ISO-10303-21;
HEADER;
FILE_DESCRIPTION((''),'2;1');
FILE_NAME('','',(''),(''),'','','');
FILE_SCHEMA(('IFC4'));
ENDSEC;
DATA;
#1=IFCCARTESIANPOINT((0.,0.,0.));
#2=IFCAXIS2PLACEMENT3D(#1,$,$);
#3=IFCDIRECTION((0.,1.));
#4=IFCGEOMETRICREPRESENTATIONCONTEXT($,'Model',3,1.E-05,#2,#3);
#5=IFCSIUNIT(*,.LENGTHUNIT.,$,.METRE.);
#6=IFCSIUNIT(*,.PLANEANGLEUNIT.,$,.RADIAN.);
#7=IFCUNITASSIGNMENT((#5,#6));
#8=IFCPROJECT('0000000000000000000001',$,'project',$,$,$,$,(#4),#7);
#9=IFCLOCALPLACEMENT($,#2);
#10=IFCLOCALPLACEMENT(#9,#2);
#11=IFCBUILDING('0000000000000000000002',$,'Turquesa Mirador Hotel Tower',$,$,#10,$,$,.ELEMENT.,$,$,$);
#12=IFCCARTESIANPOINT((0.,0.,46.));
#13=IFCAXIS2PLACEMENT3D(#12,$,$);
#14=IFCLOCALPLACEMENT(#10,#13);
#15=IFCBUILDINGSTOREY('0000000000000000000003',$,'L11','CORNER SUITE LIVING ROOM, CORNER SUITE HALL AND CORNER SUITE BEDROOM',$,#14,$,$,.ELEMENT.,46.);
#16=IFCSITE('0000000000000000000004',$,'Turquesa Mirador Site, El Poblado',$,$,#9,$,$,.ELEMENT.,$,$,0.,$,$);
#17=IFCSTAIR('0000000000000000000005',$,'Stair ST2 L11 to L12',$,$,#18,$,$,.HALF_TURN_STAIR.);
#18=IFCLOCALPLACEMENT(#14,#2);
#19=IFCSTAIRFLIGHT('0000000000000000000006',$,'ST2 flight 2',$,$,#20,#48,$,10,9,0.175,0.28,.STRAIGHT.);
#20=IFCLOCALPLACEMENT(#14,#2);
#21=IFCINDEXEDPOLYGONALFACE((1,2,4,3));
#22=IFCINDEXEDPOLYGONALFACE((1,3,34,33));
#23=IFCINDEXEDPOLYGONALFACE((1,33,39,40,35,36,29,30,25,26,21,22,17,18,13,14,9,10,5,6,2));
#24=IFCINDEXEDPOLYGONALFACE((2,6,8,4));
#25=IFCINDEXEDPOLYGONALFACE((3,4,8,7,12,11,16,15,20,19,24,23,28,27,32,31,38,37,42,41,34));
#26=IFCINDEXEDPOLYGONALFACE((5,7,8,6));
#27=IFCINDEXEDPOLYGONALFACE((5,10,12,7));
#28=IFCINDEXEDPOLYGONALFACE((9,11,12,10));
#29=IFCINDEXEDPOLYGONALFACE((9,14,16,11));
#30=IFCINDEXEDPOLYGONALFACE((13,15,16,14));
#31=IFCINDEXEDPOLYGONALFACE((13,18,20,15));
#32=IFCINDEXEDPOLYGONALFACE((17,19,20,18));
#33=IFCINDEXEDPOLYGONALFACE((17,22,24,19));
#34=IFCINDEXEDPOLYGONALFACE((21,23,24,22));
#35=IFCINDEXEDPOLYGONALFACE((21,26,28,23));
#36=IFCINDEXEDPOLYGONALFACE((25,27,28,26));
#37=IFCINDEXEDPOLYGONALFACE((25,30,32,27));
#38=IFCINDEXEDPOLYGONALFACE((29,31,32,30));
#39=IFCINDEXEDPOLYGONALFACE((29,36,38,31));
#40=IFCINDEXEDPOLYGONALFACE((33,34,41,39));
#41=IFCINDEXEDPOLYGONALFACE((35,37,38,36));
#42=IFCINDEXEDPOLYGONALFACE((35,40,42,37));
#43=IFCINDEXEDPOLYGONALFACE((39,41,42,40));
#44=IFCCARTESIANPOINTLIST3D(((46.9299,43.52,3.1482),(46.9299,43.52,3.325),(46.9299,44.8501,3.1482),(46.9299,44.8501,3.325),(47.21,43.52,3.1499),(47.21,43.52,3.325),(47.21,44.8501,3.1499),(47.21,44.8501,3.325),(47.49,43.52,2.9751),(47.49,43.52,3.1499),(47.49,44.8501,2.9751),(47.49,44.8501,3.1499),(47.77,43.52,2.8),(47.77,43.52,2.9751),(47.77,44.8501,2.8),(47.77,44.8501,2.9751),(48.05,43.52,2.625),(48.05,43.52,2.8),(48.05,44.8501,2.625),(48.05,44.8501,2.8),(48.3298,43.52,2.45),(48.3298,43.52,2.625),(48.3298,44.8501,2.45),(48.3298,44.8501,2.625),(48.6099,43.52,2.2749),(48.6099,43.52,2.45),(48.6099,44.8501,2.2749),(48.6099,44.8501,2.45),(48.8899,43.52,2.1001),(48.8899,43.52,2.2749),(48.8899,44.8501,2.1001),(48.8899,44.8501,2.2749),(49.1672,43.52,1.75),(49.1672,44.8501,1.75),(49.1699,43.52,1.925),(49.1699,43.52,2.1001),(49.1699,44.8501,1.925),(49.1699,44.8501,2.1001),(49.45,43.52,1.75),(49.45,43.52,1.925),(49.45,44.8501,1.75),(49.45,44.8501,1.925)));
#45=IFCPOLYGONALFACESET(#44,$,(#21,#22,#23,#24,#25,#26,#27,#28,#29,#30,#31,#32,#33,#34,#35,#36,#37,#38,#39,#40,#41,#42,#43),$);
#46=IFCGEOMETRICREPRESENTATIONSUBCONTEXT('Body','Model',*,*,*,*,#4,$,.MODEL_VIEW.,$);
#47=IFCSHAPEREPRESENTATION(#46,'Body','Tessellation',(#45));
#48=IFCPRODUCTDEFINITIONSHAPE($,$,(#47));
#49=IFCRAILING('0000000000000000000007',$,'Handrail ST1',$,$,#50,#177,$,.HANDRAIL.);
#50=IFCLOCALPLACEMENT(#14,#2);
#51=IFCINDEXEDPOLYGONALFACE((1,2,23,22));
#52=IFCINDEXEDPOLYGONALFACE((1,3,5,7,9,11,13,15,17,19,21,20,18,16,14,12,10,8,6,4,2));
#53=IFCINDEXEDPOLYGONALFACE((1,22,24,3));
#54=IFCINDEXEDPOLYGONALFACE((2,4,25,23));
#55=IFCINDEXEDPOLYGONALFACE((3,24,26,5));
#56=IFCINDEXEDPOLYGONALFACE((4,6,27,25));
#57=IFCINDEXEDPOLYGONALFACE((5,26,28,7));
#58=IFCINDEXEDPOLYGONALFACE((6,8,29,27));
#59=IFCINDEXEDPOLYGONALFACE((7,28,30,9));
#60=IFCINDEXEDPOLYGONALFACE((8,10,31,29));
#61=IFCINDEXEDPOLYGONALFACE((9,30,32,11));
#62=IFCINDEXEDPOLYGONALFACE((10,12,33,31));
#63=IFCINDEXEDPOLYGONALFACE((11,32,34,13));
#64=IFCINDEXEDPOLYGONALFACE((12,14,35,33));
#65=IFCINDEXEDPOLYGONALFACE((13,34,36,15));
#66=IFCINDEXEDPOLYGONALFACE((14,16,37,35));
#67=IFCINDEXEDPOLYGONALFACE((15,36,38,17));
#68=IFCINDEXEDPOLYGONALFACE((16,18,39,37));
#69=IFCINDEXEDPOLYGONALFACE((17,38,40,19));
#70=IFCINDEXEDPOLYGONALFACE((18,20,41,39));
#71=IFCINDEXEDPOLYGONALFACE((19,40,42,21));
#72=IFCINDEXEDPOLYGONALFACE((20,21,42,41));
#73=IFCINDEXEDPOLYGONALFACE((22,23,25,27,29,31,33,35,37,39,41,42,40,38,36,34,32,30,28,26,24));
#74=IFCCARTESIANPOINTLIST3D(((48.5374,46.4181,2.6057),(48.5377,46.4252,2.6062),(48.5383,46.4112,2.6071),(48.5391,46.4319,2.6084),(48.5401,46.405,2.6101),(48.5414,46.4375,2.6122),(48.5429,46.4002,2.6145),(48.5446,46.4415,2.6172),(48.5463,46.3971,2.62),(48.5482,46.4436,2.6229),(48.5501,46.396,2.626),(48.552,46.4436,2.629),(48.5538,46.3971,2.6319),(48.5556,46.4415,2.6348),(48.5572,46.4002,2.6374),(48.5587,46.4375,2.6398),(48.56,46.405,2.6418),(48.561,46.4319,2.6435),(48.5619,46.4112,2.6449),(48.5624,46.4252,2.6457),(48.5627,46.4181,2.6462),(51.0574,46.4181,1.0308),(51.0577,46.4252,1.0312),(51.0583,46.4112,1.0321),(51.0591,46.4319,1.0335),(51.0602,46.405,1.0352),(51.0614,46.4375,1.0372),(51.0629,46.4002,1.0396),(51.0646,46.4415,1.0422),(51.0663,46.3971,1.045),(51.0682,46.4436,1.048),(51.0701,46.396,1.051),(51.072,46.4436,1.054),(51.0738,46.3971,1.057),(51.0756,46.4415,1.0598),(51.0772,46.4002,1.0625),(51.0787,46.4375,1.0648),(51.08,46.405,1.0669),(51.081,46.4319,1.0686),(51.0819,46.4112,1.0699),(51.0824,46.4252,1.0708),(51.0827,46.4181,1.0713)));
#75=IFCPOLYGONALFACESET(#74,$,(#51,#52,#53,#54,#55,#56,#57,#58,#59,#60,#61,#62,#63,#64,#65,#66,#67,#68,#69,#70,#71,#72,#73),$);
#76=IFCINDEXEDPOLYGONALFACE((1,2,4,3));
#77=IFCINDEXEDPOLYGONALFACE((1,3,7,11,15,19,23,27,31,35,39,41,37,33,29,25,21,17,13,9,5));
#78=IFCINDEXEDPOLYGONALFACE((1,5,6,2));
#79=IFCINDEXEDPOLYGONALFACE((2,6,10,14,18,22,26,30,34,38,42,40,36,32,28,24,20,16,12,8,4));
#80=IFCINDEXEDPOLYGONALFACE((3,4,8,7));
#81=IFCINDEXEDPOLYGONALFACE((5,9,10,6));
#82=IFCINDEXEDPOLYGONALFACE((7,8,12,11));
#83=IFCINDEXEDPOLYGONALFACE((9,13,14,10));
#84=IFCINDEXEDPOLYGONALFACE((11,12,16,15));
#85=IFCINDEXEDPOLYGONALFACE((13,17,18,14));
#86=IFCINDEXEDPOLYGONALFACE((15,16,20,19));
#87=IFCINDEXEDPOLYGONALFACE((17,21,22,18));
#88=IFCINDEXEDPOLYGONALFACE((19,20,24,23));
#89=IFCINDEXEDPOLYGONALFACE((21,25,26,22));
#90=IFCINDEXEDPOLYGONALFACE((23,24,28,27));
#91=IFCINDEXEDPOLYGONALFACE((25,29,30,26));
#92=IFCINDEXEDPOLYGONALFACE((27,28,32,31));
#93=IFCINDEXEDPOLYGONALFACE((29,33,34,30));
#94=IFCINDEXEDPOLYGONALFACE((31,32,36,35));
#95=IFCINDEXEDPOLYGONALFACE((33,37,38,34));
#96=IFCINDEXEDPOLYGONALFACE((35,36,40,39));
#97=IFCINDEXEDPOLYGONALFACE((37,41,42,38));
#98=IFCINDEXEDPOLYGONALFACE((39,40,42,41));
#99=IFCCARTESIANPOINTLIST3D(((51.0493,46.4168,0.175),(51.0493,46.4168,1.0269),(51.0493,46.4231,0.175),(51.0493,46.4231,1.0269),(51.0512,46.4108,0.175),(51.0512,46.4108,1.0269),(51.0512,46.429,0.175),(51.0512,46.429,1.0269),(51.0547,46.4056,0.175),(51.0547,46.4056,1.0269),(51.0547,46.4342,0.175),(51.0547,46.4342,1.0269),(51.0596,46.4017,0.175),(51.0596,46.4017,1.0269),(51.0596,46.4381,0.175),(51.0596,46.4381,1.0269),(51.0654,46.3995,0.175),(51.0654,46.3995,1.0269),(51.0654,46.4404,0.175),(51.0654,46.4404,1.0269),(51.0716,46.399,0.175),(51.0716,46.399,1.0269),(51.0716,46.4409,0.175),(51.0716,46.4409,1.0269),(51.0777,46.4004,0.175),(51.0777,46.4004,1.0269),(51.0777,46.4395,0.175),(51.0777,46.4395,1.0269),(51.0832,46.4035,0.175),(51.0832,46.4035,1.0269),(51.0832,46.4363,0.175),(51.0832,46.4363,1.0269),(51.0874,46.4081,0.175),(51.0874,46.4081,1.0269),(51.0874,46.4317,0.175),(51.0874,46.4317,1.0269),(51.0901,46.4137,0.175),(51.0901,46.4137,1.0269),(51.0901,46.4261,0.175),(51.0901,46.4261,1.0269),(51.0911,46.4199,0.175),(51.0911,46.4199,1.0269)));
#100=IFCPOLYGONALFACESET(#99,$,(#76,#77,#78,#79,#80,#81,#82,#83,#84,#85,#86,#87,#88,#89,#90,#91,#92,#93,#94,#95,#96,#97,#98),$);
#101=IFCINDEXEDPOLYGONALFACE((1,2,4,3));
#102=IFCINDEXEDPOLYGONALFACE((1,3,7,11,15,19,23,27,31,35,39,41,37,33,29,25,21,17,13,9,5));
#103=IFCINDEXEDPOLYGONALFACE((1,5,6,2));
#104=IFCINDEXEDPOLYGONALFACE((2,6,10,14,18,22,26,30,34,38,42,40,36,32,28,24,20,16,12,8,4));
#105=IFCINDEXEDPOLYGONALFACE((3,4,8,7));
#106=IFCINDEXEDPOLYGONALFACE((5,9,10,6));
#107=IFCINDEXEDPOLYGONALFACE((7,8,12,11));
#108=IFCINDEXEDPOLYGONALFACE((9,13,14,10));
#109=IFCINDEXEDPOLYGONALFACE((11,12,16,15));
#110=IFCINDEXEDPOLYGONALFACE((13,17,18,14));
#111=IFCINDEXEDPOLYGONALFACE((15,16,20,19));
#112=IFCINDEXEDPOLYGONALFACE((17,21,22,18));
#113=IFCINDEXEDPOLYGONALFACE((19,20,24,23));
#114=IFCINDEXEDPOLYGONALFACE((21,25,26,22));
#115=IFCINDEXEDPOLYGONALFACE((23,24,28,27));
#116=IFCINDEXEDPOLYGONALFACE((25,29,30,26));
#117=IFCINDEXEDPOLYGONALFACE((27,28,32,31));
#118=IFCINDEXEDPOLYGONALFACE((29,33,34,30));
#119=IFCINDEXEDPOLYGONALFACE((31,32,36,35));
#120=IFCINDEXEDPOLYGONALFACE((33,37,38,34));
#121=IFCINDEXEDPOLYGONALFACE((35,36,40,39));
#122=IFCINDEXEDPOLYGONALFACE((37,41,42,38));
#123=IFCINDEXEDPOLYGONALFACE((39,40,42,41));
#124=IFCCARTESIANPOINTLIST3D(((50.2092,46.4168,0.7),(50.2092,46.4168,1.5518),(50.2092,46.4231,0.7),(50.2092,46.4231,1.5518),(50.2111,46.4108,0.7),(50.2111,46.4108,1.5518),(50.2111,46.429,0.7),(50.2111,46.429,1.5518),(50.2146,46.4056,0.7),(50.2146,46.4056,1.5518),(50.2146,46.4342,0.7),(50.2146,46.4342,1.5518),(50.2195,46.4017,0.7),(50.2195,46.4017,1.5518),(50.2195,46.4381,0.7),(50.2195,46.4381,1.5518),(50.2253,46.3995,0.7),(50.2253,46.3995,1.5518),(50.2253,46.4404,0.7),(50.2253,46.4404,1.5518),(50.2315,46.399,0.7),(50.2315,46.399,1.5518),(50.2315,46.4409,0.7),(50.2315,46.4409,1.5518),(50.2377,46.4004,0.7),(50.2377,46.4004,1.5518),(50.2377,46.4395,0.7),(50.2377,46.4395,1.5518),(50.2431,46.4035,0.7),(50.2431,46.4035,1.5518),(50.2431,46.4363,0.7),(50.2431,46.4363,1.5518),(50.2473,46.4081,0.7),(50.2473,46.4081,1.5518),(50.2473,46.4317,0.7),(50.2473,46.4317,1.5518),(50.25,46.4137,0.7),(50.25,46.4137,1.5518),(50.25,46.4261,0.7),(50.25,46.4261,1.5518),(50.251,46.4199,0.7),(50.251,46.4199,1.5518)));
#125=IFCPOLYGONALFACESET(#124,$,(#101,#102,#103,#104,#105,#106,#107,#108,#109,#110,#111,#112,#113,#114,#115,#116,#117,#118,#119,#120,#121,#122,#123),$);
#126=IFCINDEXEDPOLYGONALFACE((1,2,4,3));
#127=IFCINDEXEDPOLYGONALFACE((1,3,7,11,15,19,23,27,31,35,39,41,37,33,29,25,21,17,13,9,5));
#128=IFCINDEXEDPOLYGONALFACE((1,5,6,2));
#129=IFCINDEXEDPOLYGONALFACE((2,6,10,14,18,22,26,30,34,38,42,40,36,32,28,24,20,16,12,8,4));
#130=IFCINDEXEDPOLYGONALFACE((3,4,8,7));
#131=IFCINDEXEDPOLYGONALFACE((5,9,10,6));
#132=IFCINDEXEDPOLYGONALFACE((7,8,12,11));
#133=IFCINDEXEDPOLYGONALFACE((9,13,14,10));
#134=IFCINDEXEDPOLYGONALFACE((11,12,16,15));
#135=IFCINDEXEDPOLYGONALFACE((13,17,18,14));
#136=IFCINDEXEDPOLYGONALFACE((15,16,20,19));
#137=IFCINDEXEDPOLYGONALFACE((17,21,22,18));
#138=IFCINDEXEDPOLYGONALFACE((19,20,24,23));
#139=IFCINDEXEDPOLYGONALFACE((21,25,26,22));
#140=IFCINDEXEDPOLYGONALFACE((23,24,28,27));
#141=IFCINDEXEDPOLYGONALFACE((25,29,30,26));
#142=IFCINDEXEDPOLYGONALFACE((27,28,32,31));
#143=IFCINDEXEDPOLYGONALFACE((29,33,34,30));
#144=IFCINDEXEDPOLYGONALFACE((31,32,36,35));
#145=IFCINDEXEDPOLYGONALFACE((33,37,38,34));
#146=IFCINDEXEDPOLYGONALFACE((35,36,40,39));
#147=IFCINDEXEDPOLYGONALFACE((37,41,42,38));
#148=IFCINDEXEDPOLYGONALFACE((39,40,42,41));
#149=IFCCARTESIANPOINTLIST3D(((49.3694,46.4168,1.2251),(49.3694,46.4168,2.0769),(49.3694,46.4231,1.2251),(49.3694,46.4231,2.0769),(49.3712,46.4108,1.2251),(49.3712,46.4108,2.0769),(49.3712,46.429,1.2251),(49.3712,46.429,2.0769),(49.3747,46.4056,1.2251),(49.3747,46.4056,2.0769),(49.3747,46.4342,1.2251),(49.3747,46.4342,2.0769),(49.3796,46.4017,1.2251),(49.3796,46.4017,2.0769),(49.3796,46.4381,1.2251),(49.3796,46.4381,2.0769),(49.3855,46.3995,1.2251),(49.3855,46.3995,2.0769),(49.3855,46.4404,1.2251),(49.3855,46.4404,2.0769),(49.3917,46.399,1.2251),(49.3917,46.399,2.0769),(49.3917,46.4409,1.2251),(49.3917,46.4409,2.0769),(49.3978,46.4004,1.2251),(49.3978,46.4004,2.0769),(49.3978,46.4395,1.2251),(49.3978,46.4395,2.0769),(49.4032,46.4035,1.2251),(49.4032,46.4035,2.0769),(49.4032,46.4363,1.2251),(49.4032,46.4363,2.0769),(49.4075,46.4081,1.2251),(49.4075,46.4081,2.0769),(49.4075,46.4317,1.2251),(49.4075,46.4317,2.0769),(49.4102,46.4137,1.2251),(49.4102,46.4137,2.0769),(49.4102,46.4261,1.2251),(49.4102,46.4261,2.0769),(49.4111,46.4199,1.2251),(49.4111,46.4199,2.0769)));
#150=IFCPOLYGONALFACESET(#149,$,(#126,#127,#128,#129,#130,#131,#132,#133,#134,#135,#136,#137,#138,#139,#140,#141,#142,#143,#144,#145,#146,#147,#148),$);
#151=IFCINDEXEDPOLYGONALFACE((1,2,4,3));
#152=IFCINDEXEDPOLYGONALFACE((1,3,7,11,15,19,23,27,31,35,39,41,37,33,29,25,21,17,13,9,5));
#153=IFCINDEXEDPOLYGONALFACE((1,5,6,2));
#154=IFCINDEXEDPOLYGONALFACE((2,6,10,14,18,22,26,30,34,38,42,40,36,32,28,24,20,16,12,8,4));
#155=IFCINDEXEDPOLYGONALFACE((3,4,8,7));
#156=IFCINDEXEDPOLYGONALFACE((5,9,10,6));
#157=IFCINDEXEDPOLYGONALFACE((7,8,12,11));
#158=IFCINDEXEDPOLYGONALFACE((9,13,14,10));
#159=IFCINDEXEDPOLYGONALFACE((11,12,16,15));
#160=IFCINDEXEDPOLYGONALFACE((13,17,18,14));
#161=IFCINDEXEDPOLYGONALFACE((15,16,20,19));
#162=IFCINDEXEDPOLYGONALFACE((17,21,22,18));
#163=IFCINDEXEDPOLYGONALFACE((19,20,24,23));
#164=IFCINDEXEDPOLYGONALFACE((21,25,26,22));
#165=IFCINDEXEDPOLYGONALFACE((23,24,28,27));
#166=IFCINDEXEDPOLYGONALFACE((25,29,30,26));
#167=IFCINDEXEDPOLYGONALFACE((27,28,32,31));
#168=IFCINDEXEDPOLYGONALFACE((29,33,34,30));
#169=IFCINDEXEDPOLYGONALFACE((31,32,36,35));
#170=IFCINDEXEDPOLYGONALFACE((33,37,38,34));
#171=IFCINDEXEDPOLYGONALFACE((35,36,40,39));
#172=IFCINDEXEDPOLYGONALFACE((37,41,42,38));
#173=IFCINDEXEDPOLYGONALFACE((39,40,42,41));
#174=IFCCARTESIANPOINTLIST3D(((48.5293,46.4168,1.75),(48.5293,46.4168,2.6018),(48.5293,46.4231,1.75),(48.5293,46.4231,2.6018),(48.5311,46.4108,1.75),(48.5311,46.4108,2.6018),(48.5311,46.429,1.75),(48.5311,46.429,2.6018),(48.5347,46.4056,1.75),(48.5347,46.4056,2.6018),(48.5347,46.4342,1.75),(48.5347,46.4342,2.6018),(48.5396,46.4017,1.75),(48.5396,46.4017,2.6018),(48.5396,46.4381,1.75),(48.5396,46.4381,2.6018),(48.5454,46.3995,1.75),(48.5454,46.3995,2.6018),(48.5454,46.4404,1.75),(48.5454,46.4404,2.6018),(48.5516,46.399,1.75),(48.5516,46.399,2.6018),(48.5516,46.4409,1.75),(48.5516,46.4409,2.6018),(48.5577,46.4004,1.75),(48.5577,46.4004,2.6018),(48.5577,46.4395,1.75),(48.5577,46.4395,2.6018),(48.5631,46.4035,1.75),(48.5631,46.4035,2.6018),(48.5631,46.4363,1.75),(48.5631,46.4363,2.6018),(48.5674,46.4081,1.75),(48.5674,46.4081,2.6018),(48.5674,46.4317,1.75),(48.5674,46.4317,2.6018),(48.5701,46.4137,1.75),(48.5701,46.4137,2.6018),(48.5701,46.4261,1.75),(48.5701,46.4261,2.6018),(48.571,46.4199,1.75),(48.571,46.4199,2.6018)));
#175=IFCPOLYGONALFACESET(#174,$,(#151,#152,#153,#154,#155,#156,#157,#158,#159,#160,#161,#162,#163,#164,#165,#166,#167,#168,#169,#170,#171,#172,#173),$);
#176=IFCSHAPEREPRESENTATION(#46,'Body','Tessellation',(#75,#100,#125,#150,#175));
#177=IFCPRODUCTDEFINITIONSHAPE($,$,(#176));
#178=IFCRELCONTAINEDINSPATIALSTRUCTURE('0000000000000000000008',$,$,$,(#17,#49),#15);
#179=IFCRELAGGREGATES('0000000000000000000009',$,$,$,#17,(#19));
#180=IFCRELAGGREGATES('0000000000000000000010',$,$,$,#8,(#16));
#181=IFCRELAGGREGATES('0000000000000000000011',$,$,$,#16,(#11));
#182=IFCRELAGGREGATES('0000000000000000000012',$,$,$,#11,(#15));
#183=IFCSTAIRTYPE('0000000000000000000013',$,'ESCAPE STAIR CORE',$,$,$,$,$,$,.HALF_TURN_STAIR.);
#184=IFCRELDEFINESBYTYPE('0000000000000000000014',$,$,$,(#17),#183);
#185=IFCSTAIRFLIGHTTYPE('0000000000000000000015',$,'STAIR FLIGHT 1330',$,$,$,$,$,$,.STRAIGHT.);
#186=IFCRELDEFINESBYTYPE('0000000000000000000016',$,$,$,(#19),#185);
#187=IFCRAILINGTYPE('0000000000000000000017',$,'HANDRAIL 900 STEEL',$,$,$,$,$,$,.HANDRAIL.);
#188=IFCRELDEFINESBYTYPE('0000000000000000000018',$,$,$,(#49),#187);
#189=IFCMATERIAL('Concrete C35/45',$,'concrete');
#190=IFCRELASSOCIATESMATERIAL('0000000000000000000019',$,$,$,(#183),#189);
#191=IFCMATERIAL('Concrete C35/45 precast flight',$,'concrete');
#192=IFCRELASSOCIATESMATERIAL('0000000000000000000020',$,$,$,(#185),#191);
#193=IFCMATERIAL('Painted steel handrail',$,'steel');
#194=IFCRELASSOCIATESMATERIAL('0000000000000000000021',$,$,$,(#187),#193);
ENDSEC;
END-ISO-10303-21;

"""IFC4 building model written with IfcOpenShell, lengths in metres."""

from ifc_helpers import new_model, si_unit, direction, frame, origin, origin_2d, place, context, subcontext, project, spatial, polyline, circle, outline, extrude, material, type_object, element, aggregate, save


model = new_model("IFC4")

# Units and contexts
model_context = context("Model", 3, precision=1e-05, world=origin(), true_north=direction((0.0, 1.0)))
body_context = subcontext(model_context, "Body", "Model", "MODEL_VIEW")
ifc_project = project(units=[si_unit("LENGTHUNIT", "METRE"), si_unit("PLANEANGLEUNIT", "RADIAN")], contexts=[model_context])

# Site, building, storey
site_placement = place(None, origin())
site = spatial("IfcSite", under=ifc_project, at=site_placement, Name="Turquesa Mirador Site, El Poblado", CompositionType="ELEMENT", RefElevation=0.0)
building_placement = place(site_placement, origin())
building = spatial("IfcBuilding", under=site, at=building_placement, Name="Turquesa Mirador Hotel Tower", CompositionType="ELEMENT")
storey_placement = place(building_placement, frame((0.0, 0.0, 46.0)))
storey = spatial("IfcBuildingStorey", under=building, at=storey_placement, Name="L11", Description="CORNER SUITE LIVING ROOM, CORNER SUITE HALL AND CORNER SUITE BEDROOM", CompositionType="ELEMENT", Elevation=46.0)

# Shared definitions
ifc_material_1 = material(Name="Concrete C35/45", Category="concrete")
stair_type = type_object("IfcStairType", Name="ESCAPE STAIR CORE", PredefinedType="HALF_TURN_STAIR", material=ifc_material_1)
ifc_material_2 = material(Name="Concrete C35/45 precast flight", Category="concrete")
stair_flight_type = type_object("IfcStairFlightType", Name="STAIR FLIGHT 1330", PredefinedType="STRAIGHT", material=ifc_material_2)

# Stair, stair flight
stair_1_placement = place(storey_placement, origin())
stair_1 = element("IfcStair", 1, at=stair_1_placement, inside=storey, type_object=stair_type, Name="Stair ST2 L11 to L12", PredefinedType="HALF_TURN_STAIR")
stair_flight_1_placement = place(storey_placement, frame((49.45, 44.1851, 1.75), z_axis=(0.0, 0.0, 1.0), x_axis=(-1.0, 0.0, 0.0)))
stair_flight_1 = element("IfcStairFlight", 2, at=stair_flight_1_placement, type_object=stair_flight_type, Name="ST2 flight 2", NumberOfRisers=10, NumberOfTreads=9, PredefinedType="STRAIGHT", RiserHeight=0.175, TreadLength=0.28, context=body_context, shape_type="SweptSolid", body=[
    extrude(outline(polyline([(0.0, 0.0), (0.0, 0.175), (0.28, 0.175), (0.28, 0.3501), (0.5601, 0.3501), (0.5601, 0.5249), (0.8401, 0.5249), (0.8401, 0.7), (1.1201, 0.7), (1.1201, 0.875), (1.3999, 0.875), (1.3999, 1.05), (1.6799, 1.05), (1.6799, 1.2251), (1.96, 1.2251), (1.96, 1.3999), (2.24, 1.3999), (2.24, 1.575), (2.52, 1.575), (2.52, 1.75), (2.52, 1.3982), (0.2827, 0.0), (0.0, 0.0)])), frame((0.0, 0.665, 0.0), z_axis=(0.0, -1.0, 0.0), x_axis=(1.0, 0.0, 0.0)), (0.0, 0.0, 1.0), 1.3301),
])
aggregate(stair_1, [stair_flight_1])

# Railing
ifc_material_3 = material(Name="Painted steel handrail", Category="steel")
railing_type = type_object("IfcRailingType", Name="HANDRAIL 900 STEEL", PredefinedType="HANDRAIL", material=ifc_material_3)
railing_1_placement = place(storey_placement, frame((51.0701, 46.4199, 0.175)))
element("IfcRailing", 3, at=railing_1_placement, inside=storey, type_object=railing_type, Name="Handrail ST1", PredefinedType="HANDRAIL", context=body_context, shape_type="SweptSolid", body=[
    extrude(circle(Radius=0.0239, at=origin_2d()), frame((0.0, 0.0, 0.876), z_axis=(-0.848008, 0.0, 0.529984), x_axis=(0.0, -1.0, 0.0)), (0.0, 0.0, 1.0), 2.9717),
    extrude(circle(Radius=0.021, at=origin_2d()), origin(), (0.0, 0.0, 1.0), 0.8518),
    extrude(circle(Radius=0.021, at=origin_2d()), frame((-0.8401, 0.0, 0.5249)), (0.0, 0.0, 1.0), 0.8518),
    extrude(circle(Radius=0.021, at=origin_2d()), frame((-1.6799, 0.0, 1.05)), (0.0, 0.0, 1.0), 0.8518),
    extrude(circle(Radius=0.021, at=origin_2d()), frame((-2.52, 0.0, 1.575)), (0.0, 0.0, 1.0), 0.8518),
])

save(model, "model.ifc")
